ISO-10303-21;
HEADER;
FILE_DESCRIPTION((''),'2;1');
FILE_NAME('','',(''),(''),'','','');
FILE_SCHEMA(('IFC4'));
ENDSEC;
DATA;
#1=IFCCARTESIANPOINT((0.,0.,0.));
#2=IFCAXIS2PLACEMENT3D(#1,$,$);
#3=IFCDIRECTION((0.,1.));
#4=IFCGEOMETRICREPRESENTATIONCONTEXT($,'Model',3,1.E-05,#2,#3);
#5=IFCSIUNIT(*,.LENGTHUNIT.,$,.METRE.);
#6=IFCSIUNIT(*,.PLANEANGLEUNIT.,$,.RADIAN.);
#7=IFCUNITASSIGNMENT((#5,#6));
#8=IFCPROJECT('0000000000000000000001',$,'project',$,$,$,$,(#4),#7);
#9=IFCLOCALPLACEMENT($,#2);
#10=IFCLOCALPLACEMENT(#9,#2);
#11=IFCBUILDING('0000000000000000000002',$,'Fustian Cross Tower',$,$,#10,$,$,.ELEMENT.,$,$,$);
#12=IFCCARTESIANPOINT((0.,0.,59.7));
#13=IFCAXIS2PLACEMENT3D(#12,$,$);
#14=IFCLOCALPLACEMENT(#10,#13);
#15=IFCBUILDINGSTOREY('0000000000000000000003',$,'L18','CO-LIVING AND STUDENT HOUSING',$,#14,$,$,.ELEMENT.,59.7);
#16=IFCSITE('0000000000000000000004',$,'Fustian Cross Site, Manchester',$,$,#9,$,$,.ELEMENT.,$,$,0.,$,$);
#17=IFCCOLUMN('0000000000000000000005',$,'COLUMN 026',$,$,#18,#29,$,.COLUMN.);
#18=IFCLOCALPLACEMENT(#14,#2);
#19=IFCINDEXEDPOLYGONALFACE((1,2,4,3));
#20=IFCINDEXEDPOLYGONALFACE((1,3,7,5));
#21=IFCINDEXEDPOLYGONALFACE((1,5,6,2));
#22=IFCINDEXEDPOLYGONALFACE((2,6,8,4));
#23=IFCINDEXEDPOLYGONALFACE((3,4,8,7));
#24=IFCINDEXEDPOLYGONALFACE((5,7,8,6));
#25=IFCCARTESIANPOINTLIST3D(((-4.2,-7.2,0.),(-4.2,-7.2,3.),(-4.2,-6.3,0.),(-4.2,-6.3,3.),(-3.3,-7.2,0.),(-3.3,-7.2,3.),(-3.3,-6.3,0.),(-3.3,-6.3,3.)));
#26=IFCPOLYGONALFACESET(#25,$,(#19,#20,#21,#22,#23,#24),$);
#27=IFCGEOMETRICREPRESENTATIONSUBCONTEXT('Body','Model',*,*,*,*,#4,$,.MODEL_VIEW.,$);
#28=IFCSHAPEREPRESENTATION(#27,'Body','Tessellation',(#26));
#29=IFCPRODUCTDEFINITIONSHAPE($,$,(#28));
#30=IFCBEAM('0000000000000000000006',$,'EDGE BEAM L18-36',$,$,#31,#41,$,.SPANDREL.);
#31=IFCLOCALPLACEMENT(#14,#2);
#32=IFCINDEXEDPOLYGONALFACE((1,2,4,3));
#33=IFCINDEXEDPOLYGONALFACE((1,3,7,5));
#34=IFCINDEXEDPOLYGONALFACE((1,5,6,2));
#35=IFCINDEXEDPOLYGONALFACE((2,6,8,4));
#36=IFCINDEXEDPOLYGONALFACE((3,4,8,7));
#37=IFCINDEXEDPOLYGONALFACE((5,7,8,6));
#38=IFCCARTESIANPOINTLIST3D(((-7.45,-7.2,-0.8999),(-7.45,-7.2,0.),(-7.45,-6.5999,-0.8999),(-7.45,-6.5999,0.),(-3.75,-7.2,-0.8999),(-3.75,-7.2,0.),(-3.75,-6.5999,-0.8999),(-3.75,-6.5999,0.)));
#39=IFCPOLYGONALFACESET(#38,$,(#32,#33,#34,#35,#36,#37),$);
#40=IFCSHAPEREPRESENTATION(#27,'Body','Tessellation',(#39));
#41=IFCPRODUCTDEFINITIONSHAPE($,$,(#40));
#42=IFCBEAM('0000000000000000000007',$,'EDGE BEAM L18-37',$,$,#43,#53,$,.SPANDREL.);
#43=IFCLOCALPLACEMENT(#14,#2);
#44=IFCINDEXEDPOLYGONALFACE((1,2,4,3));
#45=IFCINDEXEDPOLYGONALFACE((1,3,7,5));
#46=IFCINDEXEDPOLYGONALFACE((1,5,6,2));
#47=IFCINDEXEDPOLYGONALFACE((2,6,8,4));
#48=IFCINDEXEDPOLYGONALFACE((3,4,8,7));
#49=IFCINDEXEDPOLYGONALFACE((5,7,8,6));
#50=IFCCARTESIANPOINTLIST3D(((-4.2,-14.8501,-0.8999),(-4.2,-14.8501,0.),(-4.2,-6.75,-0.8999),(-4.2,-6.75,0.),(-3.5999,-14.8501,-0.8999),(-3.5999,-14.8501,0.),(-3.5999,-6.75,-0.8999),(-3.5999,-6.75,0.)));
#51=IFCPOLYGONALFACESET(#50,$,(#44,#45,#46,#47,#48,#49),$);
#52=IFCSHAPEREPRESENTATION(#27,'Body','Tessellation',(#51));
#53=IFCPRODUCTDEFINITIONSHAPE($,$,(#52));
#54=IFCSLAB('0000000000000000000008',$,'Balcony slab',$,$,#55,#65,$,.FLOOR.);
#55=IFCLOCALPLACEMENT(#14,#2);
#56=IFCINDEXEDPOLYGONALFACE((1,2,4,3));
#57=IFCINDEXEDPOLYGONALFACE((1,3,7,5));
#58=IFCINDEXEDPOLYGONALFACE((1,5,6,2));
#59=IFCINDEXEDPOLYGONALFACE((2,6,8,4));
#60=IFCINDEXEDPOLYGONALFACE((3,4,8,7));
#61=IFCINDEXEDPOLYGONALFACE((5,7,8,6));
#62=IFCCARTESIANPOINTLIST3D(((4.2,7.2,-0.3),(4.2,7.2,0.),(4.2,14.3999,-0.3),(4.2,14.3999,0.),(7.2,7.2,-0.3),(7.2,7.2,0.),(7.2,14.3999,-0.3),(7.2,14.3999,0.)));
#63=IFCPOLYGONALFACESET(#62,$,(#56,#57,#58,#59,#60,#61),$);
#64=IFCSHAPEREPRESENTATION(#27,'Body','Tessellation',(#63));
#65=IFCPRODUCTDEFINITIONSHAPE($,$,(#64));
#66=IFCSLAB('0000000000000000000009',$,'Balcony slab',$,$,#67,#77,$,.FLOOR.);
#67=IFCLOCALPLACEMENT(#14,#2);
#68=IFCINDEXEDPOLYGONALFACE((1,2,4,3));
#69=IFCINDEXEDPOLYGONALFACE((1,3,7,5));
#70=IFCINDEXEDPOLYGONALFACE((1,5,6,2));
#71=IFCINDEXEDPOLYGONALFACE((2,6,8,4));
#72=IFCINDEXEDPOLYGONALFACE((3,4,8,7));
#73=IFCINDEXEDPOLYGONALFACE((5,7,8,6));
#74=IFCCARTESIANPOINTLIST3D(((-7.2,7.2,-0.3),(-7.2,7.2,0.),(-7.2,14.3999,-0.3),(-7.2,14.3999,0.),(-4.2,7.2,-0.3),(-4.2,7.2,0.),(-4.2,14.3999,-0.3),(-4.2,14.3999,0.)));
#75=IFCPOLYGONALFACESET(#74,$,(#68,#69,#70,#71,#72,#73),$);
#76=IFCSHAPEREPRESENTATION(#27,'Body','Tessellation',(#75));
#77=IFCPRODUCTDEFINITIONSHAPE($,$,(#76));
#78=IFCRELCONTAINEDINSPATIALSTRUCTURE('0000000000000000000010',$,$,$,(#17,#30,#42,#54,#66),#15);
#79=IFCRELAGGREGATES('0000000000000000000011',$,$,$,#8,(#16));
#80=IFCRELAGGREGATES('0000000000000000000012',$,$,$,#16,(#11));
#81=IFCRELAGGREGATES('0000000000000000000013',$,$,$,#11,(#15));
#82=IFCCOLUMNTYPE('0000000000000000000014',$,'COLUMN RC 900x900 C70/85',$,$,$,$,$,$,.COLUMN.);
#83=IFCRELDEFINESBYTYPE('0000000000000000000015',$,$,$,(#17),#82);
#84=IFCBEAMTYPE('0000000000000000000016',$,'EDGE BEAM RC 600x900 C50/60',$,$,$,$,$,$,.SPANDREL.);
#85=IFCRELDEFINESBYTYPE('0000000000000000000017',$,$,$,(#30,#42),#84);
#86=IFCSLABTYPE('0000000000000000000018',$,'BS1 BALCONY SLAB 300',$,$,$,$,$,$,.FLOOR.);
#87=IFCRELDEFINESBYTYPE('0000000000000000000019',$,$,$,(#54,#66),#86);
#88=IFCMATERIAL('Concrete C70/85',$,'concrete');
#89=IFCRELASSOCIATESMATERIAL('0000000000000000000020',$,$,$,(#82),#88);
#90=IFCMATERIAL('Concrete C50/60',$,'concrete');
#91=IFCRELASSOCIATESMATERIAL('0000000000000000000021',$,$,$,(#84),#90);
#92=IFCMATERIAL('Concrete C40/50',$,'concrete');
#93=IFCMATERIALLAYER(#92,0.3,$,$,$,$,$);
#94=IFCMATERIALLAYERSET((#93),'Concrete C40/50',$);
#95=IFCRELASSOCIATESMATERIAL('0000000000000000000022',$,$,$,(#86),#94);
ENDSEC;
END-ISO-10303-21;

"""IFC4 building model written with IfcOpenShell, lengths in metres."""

from ifc_helpers import new_model, si_unit, direction, frame, origin, origin_2d, place, context, subcontext, project, spatial, polyline, rectangle, outline, extrude, material, layer, layer_set, material_profile, profile_set, type_object, element, save


model = new_model("IFC4")

# Units and contexts
model_context = context("Model", 3, precision=1e-05, world=origin(), true_north=direction((0.0, 1.0)))
body_context = subcontext(model_context, "Body", "Model", "MODEL_VIEW")
ifc_project = project(units=[si_unit("LENGTHUNIT", "METRE"), si_unit("PLANEANGLEUNIT", "RADIAN")], contexts=[model_context])

# Site, building, storey
site_placement = place(None, origin())
site = spatial("IfcSite", under=ifc_project, at=site_placement, Name="Fustian Cross Site, Manchester", CompositionType="ELEMENT", RefElevation=0.0)
building_placement = place(site_placement, origin())
building = spatial("IfcBuilding", under=site, at=building_placement, Name="Fustian Cross Tower", CompositionType="ELEMENT")
storey_placement = place(building_placement, frame((0.0, 0.0, 59.7)))
storey = spatial("IfcBuildingStorey", under=building, at=storey_placement, Name="L18", Description="CO-LIVING AND STUDENT HOUSING", CompositionType="ELEMENT", Elevation=59.7)

# Column
ifc_material_1 = material(Name="Concrete C70/85", Category="concrete")
ifc_material_profile_1 = material_profile(ifc_material_1, rectangle(XDim=0.8999, YDim=0.8999, at=origin_2d()), Name="RC 900x900")
ifc_profile_set_1 = profile_set([ifc_material_profile_1], Name="Concrete C70/85")
column_type = type_object("IfcColumnType", Name="COLUMN RC 900x900 C70/85", PredefinedType="COLUMN", material=ifc_profile_set_1)
column_placement = place(storey_placement, frame((-3.75, -6.75, 0.0), z_axis=(0.0, 0.0, 1.0), x_axis=(1.0, 0.0, 0.0)))
element("IfcColumn", 1, at=column_placement, inside=storey, type_object=column_type, Name="COLUMN 026", PredefinedType="COLUMN", context=body_context, shape_type="SweptSolid", body=[
    extrude(rectangle(XDim=0.8999, YDim=0.8999, at=origin_2d()), origin(), (0.0, 0.0, 1.0), 3.0),
])

# Beams
ifc_material_2 = material(Name="Concrete C50/60", Category="concrete")
ifc_material_profile_2 = material_profile(ifc_material_2, rectangle(XDim=0.6001, YDim=0.8999, at=origin_2d()), Name="RC 600x900")
ifc_profile_set_2 = profile_set([ifc_material_profile_2], Name="Concrete C50/60")
beam_type = type_object("IfcBeamType", Name="EDGE BEAM RC 600x900 C50/60", PredefinedType="SPANDREL", material=ifc_profile_set_2)
beam_1_placement = place(storey_placement, frame((-7.45, -6.8999, -0.45), z_axis=(1.0, 0.0, 0.0), x_axis=(0.0, 1.0, 0.0)))
element("IfcBeam", 2, at=beam_1_placement, inside=storey, type_object=beam_type, Name="EDGE BEAM L18-36", PredefinedType="SPANDREL", context=body_context, shape_type="SweptSolid", body=[
    extrude(rectangle(XDim=0.6001, YDim=0.8999, at=origin_2d()), origin(), (0.0, 0.0, 1.0), 3.7),
])
beam_2_placement = place(storey_placement, frame((-3.8999, -6.75, -0.45), z_axis=(0.0, -1.0, 0.0), x_axis=(1.0, 0.0, 0.0)))
element("IfcBeam", 3, at=beam_2_placement, inside=storey, type_object=beam_type, Name="EDGE BEAM L18-37", PredefinedType="SPANDREL", context=body_context, shape_type="SweptSolid", body=[
    extrude(rectangle(XDim=0.6001, YDim=0.8999, at=origin_2d()), origin(), (0.0, 0.0, 1.0), 8.1001),
])

# Slabs
ifc_material_3 = material(Name="Concrete C40/50", Category="concrete")
ifc_layer_1 = layer(ifc_material_3, 0.3)
ifc_layer_set_1 = layer_set([ifc_layer_1], Name="Concrete C40/50")
slab_type_1 = type_object("IfcSlabType", Name="BS1 BALCONY SLAB 300", PredefinedType="FLOOR", material=ifc_layer_set_1)
slab_1_placement = place(storey_placement, frame((0.0, 0.0, -0.3)))
element("IfcSlab", 4, at=slab_1_placement, inside=storey, type_object=slab_type_1, Name="Balcony slab", PredefinedType="FLOOR", context=body_context, shape_type="SweptSolid", body=[
    extrude(outline(polyline([(4.2, 7.2), (7.2, 7.2), (7.2, 14.3999), (4.2, 14.3999), (4.2, 7.2)])), origin(), (0.0, 0.0, 1.0), 0.3),
])
slab_2_placement = place(storey_placement, frame((0.0, 0.0, -0.3)))
element("IfcSlab", 5, at=slab_2_placement, inside=storey, type_object=slab_type_1, Name="Balcony slab", PredefinedType="FLOOR", context=body_context, shape_type="SweptSolid", body=[
    extrude(outline(polyline([(-7.2, 7.2), (-4.2, 7.2), (-4.2, 14.3999), (-7.2, 14.3999), (-7.2, 7.2)])), origin(), (0.0, 0.0, 1.0), 0.3),
])

save(model, "model.ifc")
